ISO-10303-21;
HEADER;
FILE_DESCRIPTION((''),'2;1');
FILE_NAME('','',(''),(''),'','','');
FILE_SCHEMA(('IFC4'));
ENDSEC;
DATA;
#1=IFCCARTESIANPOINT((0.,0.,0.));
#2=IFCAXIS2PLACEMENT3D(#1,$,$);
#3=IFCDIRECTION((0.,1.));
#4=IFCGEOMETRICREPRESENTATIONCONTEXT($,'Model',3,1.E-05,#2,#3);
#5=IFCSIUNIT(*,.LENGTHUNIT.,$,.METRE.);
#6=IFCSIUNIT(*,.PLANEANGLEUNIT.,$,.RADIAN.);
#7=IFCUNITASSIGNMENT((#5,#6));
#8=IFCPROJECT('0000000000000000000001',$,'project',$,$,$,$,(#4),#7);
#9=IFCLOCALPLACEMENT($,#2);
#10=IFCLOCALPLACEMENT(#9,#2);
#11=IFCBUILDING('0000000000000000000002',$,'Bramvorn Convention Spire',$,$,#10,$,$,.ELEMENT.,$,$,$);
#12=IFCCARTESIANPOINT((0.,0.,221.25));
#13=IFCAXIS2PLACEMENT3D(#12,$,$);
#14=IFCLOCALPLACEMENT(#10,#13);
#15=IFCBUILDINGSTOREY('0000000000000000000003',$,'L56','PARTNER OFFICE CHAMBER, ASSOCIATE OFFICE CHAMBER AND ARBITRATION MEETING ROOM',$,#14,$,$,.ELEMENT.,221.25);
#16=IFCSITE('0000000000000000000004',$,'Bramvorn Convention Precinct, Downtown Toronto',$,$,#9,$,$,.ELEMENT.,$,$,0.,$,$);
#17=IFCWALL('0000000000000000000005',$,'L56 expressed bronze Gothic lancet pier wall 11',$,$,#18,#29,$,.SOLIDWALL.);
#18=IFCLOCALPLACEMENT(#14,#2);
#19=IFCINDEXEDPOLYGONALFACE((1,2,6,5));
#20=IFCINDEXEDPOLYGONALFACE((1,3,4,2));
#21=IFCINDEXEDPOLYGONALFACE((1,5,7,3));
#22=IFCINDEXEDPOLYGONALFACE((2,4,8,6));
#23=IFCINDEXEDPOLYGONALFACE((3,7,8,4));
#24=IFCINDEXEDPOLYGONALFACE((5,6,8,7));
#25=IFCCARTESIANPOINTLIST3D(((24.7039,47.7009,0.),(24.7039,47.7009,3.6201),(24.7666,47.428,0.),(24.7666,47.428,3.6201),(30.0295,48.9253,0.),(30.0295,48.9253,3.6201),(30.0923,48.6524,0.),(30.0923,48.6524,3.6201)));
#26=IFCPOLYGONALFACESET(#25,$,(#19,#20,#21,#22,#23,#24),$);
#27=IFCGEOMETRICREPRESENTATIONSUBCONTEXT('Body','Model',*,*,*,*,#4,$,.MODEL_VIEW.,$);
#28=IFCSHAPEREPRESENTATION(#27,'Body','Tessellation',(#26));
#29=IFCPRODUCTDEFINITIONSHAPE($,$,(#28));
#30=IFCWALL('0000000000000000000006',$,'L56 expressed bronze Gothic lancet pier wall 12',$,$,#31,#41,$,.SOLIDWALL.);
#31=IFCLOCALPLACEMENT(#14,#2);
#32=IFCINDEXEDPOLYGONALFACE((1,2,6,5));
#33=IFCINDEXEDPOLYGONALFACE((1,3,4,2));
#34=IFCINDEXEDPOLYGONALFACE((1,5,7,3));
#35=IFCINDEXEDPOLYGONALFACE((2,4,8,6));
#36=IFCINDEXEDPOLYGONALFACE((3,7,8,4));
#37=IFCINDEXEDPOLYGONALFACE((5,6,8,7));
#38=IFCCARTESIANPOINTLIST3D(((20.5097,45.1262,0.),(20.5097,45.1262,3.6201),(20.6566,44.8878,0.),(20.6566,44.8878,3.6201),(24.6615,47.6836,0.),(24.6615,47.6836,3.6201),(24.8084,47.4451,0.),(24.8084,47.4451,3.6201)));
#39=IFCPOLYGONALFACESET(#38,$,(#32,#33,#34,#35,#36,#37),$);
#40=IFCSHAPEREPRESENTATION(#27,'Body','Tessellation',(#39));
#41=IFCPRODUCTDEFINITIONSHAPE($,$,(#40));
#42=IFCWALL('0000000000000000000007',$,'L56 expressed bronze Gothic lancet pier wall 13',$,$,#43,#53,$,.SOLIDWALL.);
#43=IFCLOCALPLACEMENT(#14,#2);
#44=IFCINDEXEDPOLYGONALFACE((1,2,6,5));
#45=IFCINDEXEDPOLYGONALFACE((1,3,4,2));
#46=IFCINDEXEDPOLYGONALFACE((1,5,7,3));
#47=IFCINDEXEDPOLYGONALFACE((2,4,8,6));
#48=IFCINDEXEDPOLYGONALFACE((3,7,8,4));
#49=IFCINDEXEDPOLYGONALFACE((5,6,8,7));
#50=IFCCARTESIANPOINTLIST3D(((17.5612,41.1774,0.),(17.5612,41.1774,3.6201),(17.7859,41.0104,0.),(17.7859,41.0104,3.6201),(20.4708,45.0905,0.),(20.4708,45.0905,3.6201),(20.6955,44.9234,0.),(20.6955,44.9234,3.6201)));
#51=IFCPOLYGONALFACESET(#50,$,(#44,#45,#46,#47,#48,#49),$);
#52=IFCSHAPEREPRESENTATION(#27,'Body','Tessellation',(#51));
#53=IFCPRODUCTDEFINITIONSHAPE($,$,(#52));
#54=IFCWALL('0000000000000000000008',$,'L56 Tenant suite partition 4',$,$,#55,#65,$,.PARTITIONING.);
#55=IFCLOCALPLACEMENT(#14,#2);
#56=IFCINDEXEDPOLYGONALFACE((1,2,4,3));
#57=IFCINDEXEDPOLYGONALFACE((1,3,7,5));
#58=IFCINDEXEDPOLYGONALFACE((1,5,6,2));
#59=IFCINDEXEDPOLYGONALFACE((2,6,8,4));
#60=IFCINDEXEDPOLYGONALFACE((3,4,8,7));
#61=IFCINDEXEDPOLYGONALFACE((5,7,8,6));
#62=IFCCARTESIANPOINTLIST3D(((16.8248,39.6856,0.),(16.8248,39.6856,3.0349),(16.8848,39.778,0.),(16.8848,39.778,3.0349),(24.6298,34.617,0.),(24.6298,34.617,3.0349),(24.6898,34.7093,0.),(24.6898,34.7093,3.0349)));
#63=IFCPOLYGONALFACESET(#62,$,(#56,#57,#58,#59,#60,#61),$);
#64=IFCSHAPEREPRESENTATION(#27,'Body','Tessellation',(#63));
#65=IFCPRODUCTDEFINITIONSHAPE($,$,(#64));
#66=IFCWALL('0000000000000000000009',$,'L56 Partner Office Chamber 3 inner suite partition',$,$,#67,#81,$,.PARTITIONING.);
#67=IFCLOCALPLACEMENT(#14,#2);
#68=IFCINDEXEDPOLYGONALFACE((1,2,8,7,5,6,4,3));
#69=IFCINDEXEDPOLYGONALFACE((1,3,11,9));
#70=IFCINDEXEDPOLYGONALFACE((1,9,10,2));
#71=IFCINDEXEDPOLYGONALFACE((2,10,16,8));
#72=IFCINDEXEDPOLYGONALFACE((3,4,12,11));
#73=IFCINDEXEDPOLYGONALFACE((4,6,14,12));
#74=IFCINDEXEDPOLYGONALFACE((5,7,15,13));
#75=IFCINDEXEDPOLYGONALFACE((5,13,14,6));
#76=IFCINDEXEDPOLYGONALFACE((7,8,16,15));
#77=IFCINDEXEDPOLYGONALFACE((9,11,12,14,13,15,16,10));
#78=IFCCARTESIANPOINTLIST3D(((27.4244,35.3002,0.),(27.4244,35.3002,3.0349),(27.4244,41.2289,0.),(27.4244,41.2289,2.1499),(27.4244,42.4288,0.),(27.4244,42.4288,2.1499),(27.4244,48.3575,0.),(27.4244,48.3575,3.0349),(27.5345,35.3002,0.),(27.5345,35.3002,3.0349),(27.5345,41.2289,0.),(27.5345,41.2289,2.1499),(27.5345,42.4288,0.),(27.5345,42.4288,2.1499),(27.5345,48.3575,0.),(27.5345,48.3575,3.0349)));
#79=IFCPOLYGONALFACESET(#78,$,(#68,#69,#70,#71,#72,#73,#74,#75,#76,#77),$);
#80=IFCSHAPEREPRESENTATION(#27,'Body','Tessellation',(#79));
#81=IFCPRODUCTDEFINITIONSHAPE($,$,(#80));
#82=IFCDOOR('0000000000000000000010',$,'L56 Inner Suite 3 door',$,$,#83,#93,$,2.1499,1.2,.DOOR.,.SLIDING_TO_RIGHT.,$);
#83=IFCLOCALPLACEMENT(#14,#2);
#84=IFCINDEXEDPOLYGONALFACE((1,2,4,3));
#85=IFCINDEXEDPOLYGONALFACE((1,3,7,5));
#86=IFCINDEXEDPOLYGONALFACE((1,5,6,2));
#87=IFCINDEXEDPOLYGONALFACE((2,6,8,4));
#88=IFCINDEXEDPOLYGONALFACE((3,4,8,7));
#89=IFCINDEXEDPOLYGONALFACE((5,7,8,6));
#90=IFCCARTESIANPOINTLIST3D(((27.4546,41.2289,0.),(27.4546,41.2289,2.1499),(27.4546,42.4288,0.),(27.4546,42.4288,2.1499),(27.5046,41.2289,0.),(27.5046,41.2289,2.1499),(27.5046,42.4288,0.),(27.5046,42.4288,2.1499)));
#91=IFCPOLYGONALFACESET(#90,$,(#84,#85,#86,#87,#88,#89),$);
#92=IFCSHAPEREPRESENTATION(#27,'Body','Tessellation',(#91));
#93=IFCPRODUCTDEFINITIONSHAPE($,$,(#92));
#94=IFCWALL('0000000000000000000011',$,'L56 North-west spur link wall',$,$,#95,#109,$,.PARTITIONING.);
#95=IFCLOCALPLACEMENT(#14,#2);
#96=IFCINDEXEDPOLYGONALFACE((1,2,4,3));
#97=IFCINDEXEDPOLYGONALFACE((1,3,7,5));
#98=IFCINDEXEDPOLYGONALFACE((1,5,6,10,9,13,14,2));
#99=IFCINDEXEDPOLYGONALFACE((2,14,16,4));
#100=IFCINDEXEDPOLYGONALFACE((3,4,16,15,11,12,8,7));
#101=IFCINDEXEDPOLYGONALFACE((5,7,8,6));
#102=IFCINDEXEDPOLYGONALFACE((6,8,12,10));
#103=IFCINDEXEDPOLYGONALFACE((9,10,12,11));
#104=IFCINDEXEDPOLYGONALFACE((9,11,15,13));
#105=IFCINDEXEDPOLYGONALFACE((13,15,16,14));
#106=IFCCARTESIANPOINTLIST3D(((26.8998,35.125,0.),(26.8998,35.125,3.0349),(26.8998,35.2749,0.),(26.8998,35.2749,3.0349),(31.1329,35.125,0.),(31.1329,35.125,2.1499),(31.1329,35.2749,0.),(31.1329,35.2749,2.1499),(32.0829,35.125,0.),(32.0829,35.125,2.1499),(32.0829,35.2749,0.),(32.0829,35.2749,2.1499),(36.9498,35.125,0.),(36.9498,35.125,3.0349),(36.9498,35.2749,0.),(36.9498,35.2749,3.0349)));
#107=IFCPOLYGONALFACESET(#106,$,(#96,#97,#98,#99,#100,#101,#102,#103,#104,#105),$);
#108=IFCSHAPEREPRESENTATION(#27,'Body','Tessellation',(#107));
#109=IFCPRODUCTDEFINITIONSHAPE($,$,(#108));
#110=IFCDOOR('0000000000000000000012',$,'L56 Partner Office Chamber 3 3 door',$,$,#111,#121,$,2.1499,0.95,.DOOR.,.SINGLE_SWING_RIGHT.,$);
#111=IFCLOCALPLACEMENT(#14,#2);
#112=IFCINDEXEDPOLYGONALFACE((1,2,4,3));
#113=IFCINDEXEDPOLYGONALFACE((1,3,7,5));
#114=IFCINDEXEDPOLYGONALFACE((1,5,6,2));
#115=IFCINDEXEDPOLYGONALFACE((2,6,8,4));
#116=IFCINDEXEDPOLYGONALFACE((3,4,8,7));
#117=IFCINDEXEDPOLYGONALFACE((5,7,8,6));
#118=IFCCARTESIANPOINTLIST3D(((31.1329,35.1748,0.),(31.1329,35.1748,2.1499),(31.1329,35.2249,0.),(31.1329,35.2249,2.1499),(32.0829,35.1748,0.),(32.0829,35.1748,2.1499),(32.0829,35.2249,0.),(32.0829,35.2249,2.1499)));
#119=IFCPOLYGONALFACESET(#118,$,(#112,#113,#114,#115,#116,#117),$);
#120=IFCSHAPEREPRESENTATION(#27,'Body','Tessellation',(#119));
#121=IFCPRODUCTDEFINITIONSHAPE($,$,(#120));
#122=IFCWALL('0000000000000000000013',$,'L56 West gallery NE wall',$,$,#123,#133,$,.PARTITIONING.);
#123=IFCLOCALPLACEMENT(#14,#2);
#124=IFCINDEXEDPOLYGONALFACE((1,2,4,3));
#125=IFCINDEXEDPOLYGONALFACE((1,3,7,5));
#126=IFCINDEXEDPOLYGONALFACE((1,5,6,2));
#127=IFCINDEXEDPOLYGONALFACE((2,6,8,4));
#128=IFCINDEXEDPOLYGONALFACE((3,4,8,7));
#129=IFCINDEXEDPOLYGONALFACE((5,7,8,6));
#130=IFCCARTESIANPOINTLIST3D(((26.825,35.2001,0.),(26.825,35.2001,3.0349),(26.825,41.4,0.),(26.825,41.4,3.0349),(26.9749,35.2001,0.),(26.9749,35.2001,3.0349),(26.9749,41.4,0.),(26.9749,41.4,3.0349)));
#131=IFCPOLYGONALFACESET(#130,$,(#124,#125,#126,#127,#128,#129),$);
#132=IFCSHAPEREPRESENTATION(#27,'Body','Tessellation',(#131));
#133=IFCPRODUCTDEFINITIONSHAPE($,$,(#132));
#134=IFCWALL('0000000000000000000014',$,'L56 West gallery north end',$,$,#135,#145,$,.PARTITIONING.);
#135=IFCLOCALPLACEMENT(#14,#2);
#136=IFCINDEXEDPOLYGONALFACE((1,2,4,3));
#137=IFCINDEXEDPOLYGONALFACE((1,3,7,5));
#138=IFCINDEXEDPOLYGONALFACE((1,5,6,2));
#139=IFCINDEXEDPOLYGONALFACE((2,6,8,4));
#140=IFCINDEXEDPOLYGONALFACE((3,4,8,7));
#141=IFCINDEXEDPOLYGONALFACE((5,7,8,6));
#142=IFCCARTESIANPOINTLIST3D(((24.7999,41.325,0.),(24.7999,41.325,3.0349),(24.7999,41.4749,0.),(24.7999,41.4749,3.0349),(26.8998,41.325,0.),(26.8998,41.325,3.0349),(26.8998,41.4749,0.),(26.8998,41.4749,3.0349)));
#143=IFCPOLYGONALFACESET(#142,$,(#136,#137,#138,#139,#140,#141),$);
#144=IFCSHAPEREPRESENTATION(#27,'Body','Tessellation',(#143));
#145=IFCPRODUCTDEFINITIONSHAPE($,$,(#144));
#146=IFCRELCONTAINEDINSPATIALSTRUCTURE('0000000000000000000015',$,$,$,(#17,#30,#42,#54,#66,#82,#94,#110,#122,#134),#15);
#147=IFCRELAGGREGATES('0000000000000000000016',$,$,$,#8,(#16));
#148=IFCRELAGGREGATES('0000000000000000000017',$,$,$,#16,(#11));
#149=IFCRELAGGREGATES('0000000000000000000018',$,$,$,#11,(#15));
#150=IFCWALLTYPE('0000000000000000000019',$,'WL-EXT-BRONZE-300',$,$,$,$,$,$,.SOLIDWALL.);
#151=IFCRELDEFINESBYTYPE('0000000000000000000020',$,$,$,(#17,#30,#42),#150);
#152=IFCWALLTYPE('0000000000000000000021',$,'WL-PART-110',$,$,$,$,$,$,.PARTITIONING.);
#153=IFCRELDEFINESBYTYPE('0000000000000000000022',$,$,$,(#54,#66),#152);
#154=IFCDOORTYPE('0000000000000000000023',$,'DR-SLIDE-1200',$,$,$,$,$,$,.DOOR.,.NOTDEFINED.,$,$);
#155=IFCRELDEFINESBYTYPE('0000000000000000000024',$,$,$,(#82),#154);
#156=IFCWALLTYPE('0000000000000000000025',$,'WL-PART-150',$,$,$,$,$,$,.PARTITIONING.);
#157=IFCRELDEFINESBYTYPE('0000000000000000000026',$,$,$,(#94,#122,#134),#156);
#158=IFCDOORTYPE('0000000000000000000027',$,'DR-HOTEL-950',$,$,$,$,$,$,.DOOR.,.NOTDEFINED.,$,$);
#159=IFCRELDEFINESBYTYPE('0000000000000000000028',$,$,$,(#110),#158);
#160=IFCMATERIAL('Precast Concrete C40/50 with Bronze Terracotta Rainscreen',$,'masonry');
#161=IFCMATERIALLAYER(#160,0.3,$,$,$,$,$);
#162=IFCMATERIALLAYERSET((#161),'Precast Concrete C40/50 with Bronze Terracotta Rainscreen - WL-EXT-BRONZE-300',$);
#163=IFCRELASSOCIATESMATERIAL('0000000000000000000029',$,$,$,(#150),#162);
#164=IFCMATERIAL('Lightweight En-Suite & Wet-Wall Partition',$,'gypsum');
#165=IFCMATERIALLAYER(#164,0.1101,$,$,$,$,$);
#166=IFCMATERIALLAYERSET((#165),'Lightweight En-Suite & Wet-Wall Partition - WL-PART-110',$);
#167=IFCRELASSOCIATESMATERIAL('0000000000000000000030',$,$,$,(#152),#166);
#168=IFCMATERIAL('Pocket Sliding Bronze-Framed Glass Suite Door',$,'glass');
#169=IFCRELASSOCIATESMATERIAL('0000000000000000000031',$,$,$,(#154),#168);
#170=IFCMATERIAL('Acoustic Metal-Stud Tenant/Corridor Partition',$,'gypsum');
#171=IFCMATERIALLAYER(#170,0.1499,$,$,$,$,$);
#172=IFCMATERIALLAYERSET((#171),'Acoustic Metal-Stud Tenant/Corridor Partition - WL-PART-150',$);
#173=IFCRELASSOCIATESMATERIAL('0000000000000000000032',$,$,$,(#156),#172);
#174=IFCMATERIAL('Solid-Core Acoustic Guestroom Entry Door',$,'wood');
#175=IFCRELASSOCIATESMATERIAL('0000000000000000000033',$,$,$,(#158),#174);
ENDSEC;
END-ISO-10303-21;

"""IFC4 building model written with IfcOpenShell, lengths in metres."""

from ifc_helpers import new_model, si_unit, direction, frame, frame_2d, origin, place, context, subcontext, project, spatial, rectangle, extrude, material, layer, layer_set, type_object, element, fill, save


model = new_model("IFC4")

# Units and contexts
model_context = context("Model", 3, precision=1e-05, world=origin(), true_north=direction((0.0, 1.0)))
body_context = subcontext(model_context, "Body", "Model", "MODEL_VIEW")
ifc_project = project(units=[si_unit("LENGTHUNIT", "METRE"), si_unit("PLANEANGLEUNIT", "RADIAN")], contexts=[model_context])

# Site, building, storey
site_placement = place(None, origin())
site = spatial("IfcSite", under=ifc_project, at=site_placement, Name="Bramvorn Convention Precinct, Downtown Toronto", CompositionType="ELEMENT", RefElevation=0.0)
building_placement = place(site_placement, origin())
building = spatial("IfcBuilding", under=site, at=building_placement, Name="Bramvorn Convention Spire", CompositionType="ELEMENT")
storey_placement = place(building_placement, frame((0.0, 0.0, 221.25)))
storey = spatial("IfcBuildingStorey", under=building, at=storey_placement, Name="L56", Description="PARTNER OFFICE CHAMBER, ASSOCIATE OFFICE CHAMBER AND ARBITRATION MEETING ROOM", CompositionType="ELEMENT", Elevation=221.25)

# Walls
ifc_material_1 = material(Name="Precast Concrete C40/50 with Bronze Terracotta Rainscreen", Category="masonry")
ifc_layer_1 = layer(ifc_material_1, 0.3)
ifc_layer_set_1 = layer_set([ifc_layer_1], Name="Precast Concrete C40/50 with Bronze Terracotta Rainscreen - WL-EXT-BRONZE-300")
wall_type_1 = type_object("IfcWallType", Name="WL-EXT-BRONZE-300", PredefinedType="SOLIDWALL", material=ifc_layer_set_1)
wall_1_placement = place(storey_placement, frame((24.7351, 47.5645, 0.0), z_axis=(0.0, 0.0, 1.0), x_axis=(0.974577, 0.224053, 0.0)))
element("IfcWall", 1, at=wall_1_placement, inside=storey, type_object=wall_type_1, Name="L56 expressed bronze Gothic lancet pier wall 11", PredefinedType="SOLIDWALL", context=body_context, shape_type="SweptSolid", body=[
    extrude(rectangle(XDim=5.4646, YDim=0.28, at=frame_2d((2.7324, 0.0))), origin(), (0.0, 0.0, 1.0), 3.6201),
])
for number, where, z_axis, x_axis, name in (
    (2, (20.5833, 45.0071, 0.0), (0.0, 0.0, 1.0), (0.85144, 0.524452, 0.0), "L56 expressed bronze Gothic lancet pier wall 12"),
    (3, (17.6736, 41.094, 0.0), (0.0, 0.0, 1.0), (0.596694, 0.802468, 0.0), "L56 expressed bronze Gothic lancet pier wall 13"),
):
    element("IfcWall", number, at=place(storey_placement, frame(where, z_axis=z_axis, x_axis=x_axis)), inside=storey, type_object=wall_type_1, Name=name, PredefinedType="SOLIDWALL", context=body_context, shape_type="SweptSolid", body=[
        extrude(rectangle(XDim=4.8762, YDim=0.28, at=frame_2d((2.438, 0.0))), origin(), (0.0, 0.0, 1.0), 3.6201),
    ])
ifc_material_2 = material(Name="Lightweight En-Suite & Wet-Wall Partition", Category="gypsum")
ifc_layer_2 = layer(ifc_material_2, 0.1101)
ifc_layer_set_2 = layer_set([ifc_layer_2], Name="Lightweight En-Suite & Wet-Wall Partition - WL-PART-110")
wall_type_2 = type_object("IfcWallType", Name="WL-PART-110", PredefinedType="PARTITIONING", material=ifc_layer_set_2)
wall_2_placement = place(storey_placement, frame((24.6599, 34.6631, 0.0), z_axis=(0.0, 0.0, 1.0), x_axis=(-0.83867, 0.544641, 0.0)))
element("IfcWall", 4, at=wall_2_placement, inside=storey, type_object=wall_type_2, Name="L56 Tenant suite partition 4", PredefinedType="PARTITIONING", context=body_context, shape_type="SweptSolid", body=[
    extrude(rectangle(XDim=9.3064, YDim=0.1101, at=frame_2d((4.6533, 0.0))), origin(), (0.0, 0.0, 1.0), 3.0349),
])

# Walls, openings, doors
wall_3_placement = place(storey_placement, frame((27.4795, 35.3, 0.0), z_axis=(0.0, 0.0, 1.0), x_axis=(0.0, 1.0, 0.0)))
wall_3 = element("IfcWall", 5, at=wall_3_placement, inside=storey, type_object=wall_type_2, Name="L56 Partner Office Chamber 3 inner suite partition", PredefinedType="PARTITIONING", context=body_context, shape_type="SweptSolid", body=[
    extrude(rectangle(XDim=13.0574, YDim=0.1101, at=frame_2d((6.5288, 0.0))), origin(), (0.0, 0.0, 1.0), 3.0349),
])
opening_1_placement = place(wall_3_placement, frame((5.9287, 0.0, 0.0)))
opening_1 = element("IfcOpeningElement", 6, at=opening_1_placement, cuts=wall_3, PredefinedType="OPENING", context=body_context, shape_type="SweptSolid", body=[
    extrude(rectangle(XDim=1.2, YDim=2.1499, at=frame_2d((0.6001, 1.075))), frame((0.0, 0.0649, 0.0), z_axis=(0.0, -1.0, 0.0), x_axis=(1.0, 0.0, 0.0)), (0.0, 0.0, 1.0), 0.1301),
])
ifc_material_3 = material(Name="Pocket Sliding Bronze-Framed Glass Suite Door", Category="glass")
door_type_1 = type_object("IfcDoorType", Name="DR-SLIDE-1200", OperationType="NOTDEFINED", PredefinedType="DOOR", material=ifc_material_3)
door_1_placement = place(opening_1_placement, origin())
door_1 = element("IfcDoor", 7, at=door_1_placement, inside=storey, type_object=door_type_1, Name="L56 Inner Suite 3 door", OperationType="SLIDING_TO_RIGHT", OverallHeight=2.1499, OverallWidth=1.2, PredefinedType="DOOR", context=body_context, shape_type="SweptSolid", body=[
    extrude(rectangle(XDim=1.2, YDim=2.1499, at=frame_2d((0.6001, 1.075))), frame((0.0, 0.0249, 0.0), z_axis=(0.0, -1.0, 0.0), x_axis=(1.0, 0.0, 0.0)), (0.0, 0.0, 1.0), 0.05),
])
fill(opening_1, door_1)
ifc_material_4 = material(Name="Acoustic Metal-Stud Tenant/Corridor Partition", Category="gypsum")
ifc_layer_3 = layer(ifc_material_4, 0.1499)
ifc_layer_set_3 = layer_set([ifc_layer_3], Name="Acoustic Metal-Stud Tenant/Corridor Partition - WL-PART-150")
wall_type_3 = type_object("IfcWallType", Name="WL-PART-150", PredefinedType="PARTITIONING", material=ifc_layer_set_3)
wall_4_placement = place(storey_placement, frame((26.8999, 35.2, 0.0), z_axis=(0.0, 0.0, 1.0), x_axis=(1.0, 0.0, 0.0)))
wall_4 = element("IfcWall", 8, at=wall_4_placement, inside=storey, type_object=wall_type_3, Name="L56 North-west spur link wall", PredefinedType="PARTITIONING", context=body_context, shape_type="SweptSolid", body=[
    extrude(rectangle(XDim=10.05, YDim=0.1499, at=frame_2d((5.0249, 0.0))), origin(), (0.0, 0.0, 1.0), 3.0349),
])
opening_2_placement = place(wall_4_placement, frame((4.2329, 0.0, 0.0)))
opening_2 = element("IfcOpeningElement", 9, at=opening_2_placement, cuts=wall_4, PredefinedType="OPENING", context=body_context, shape_type="SweptSolid", body=[
    extrude(rectangle(XDim=0.95, YDim=2.1499, at=frame_2d((0.4751, 1.075))), frame((0.0, 0.085, 0.0), z_axis=(0.0, -1.0, 0.0), x_axis=(1.0, 0.0, 0.0)), (0.0, 0.0, 1.0), 0.1699),
])
ifc_material_5 = material(Name="Solid-Core Acoustic Guestroom Entry Door", Category="wood")
door_type_2 = type_object("IfcDoorType", Name="DR-HOTEL-950", OperationType="NOTDEFINED", PredefinedType="DOOR", material=ifc_material_5)
door_2_placement = place(opening_2_placement, origin())
door_2 = element("IfcDoor", 10, at=door_2_placement, inside=storey, type_object=door_type_2, Name="L56 Partner Office Chamber 3 3 door", OperationType="SINGLE_SWING_RIGHT", OverallHeight=2.1499, OverallWidth=0.95, PredefinedType="DOOR", context=body_context, shape_type="SweptSolid", body=[
    extrude(rectangle(XDim=0.95, YDim=2.1499, at=frame_2d((0.4751, 1.075))), frame((0.0, 0.0249, 0.0), z_axis=(0.0, -1.0, 0.0), x_axis=(1.0, 0.0, 0.0)), (0.0, 0.0, 1.0), 0.05),
])
fill(opening_2, door_2)

# Walls
wall_5_placement = place(storey_placement, frame((26.8999, 35.2, 0.0), z_axis=(0.0, 0.0, 1.0), x_axis=(0.0, 1.0, 0.0)))
element("IfcWall", 11, at=wall_5_placement, inside=storey, type_object=wall_type_3, Name="L56 West gallery NE wall", PredefinedType="PARTITIONING", context=body_context, shape_type="SweptSolid", body=[
    extrude(rectangle(XDim=6.2, YDim=0.1499, at=frame_2d((3.1001, 0.0))), origin(), (0.0, 0.0, 1.0), 3.0349),
])
wall_6_placement = place(storey_placement, frame((24.8, 41.3999, 0.0), z_axis=(0.0, 0.0, 1.0), x_axis=(1.0, 0.0, 0.0)))
element("IfcWall", 12, at=wall_6_placement, inside=storey, type_object=wall_type_3, Name="L56 West gallery north end", PredefinedType="PARTITIONING", context=body_context, shape_type="SweptSolid", body=[
    extrude(rectangle(XDim=2.0999, YDim=0.1499, at=frame_2d((1.0498, 0.0))), origin(), (0.0, 0.0, 1.0), 3.0349),
])

save(model, "model.ifc")
